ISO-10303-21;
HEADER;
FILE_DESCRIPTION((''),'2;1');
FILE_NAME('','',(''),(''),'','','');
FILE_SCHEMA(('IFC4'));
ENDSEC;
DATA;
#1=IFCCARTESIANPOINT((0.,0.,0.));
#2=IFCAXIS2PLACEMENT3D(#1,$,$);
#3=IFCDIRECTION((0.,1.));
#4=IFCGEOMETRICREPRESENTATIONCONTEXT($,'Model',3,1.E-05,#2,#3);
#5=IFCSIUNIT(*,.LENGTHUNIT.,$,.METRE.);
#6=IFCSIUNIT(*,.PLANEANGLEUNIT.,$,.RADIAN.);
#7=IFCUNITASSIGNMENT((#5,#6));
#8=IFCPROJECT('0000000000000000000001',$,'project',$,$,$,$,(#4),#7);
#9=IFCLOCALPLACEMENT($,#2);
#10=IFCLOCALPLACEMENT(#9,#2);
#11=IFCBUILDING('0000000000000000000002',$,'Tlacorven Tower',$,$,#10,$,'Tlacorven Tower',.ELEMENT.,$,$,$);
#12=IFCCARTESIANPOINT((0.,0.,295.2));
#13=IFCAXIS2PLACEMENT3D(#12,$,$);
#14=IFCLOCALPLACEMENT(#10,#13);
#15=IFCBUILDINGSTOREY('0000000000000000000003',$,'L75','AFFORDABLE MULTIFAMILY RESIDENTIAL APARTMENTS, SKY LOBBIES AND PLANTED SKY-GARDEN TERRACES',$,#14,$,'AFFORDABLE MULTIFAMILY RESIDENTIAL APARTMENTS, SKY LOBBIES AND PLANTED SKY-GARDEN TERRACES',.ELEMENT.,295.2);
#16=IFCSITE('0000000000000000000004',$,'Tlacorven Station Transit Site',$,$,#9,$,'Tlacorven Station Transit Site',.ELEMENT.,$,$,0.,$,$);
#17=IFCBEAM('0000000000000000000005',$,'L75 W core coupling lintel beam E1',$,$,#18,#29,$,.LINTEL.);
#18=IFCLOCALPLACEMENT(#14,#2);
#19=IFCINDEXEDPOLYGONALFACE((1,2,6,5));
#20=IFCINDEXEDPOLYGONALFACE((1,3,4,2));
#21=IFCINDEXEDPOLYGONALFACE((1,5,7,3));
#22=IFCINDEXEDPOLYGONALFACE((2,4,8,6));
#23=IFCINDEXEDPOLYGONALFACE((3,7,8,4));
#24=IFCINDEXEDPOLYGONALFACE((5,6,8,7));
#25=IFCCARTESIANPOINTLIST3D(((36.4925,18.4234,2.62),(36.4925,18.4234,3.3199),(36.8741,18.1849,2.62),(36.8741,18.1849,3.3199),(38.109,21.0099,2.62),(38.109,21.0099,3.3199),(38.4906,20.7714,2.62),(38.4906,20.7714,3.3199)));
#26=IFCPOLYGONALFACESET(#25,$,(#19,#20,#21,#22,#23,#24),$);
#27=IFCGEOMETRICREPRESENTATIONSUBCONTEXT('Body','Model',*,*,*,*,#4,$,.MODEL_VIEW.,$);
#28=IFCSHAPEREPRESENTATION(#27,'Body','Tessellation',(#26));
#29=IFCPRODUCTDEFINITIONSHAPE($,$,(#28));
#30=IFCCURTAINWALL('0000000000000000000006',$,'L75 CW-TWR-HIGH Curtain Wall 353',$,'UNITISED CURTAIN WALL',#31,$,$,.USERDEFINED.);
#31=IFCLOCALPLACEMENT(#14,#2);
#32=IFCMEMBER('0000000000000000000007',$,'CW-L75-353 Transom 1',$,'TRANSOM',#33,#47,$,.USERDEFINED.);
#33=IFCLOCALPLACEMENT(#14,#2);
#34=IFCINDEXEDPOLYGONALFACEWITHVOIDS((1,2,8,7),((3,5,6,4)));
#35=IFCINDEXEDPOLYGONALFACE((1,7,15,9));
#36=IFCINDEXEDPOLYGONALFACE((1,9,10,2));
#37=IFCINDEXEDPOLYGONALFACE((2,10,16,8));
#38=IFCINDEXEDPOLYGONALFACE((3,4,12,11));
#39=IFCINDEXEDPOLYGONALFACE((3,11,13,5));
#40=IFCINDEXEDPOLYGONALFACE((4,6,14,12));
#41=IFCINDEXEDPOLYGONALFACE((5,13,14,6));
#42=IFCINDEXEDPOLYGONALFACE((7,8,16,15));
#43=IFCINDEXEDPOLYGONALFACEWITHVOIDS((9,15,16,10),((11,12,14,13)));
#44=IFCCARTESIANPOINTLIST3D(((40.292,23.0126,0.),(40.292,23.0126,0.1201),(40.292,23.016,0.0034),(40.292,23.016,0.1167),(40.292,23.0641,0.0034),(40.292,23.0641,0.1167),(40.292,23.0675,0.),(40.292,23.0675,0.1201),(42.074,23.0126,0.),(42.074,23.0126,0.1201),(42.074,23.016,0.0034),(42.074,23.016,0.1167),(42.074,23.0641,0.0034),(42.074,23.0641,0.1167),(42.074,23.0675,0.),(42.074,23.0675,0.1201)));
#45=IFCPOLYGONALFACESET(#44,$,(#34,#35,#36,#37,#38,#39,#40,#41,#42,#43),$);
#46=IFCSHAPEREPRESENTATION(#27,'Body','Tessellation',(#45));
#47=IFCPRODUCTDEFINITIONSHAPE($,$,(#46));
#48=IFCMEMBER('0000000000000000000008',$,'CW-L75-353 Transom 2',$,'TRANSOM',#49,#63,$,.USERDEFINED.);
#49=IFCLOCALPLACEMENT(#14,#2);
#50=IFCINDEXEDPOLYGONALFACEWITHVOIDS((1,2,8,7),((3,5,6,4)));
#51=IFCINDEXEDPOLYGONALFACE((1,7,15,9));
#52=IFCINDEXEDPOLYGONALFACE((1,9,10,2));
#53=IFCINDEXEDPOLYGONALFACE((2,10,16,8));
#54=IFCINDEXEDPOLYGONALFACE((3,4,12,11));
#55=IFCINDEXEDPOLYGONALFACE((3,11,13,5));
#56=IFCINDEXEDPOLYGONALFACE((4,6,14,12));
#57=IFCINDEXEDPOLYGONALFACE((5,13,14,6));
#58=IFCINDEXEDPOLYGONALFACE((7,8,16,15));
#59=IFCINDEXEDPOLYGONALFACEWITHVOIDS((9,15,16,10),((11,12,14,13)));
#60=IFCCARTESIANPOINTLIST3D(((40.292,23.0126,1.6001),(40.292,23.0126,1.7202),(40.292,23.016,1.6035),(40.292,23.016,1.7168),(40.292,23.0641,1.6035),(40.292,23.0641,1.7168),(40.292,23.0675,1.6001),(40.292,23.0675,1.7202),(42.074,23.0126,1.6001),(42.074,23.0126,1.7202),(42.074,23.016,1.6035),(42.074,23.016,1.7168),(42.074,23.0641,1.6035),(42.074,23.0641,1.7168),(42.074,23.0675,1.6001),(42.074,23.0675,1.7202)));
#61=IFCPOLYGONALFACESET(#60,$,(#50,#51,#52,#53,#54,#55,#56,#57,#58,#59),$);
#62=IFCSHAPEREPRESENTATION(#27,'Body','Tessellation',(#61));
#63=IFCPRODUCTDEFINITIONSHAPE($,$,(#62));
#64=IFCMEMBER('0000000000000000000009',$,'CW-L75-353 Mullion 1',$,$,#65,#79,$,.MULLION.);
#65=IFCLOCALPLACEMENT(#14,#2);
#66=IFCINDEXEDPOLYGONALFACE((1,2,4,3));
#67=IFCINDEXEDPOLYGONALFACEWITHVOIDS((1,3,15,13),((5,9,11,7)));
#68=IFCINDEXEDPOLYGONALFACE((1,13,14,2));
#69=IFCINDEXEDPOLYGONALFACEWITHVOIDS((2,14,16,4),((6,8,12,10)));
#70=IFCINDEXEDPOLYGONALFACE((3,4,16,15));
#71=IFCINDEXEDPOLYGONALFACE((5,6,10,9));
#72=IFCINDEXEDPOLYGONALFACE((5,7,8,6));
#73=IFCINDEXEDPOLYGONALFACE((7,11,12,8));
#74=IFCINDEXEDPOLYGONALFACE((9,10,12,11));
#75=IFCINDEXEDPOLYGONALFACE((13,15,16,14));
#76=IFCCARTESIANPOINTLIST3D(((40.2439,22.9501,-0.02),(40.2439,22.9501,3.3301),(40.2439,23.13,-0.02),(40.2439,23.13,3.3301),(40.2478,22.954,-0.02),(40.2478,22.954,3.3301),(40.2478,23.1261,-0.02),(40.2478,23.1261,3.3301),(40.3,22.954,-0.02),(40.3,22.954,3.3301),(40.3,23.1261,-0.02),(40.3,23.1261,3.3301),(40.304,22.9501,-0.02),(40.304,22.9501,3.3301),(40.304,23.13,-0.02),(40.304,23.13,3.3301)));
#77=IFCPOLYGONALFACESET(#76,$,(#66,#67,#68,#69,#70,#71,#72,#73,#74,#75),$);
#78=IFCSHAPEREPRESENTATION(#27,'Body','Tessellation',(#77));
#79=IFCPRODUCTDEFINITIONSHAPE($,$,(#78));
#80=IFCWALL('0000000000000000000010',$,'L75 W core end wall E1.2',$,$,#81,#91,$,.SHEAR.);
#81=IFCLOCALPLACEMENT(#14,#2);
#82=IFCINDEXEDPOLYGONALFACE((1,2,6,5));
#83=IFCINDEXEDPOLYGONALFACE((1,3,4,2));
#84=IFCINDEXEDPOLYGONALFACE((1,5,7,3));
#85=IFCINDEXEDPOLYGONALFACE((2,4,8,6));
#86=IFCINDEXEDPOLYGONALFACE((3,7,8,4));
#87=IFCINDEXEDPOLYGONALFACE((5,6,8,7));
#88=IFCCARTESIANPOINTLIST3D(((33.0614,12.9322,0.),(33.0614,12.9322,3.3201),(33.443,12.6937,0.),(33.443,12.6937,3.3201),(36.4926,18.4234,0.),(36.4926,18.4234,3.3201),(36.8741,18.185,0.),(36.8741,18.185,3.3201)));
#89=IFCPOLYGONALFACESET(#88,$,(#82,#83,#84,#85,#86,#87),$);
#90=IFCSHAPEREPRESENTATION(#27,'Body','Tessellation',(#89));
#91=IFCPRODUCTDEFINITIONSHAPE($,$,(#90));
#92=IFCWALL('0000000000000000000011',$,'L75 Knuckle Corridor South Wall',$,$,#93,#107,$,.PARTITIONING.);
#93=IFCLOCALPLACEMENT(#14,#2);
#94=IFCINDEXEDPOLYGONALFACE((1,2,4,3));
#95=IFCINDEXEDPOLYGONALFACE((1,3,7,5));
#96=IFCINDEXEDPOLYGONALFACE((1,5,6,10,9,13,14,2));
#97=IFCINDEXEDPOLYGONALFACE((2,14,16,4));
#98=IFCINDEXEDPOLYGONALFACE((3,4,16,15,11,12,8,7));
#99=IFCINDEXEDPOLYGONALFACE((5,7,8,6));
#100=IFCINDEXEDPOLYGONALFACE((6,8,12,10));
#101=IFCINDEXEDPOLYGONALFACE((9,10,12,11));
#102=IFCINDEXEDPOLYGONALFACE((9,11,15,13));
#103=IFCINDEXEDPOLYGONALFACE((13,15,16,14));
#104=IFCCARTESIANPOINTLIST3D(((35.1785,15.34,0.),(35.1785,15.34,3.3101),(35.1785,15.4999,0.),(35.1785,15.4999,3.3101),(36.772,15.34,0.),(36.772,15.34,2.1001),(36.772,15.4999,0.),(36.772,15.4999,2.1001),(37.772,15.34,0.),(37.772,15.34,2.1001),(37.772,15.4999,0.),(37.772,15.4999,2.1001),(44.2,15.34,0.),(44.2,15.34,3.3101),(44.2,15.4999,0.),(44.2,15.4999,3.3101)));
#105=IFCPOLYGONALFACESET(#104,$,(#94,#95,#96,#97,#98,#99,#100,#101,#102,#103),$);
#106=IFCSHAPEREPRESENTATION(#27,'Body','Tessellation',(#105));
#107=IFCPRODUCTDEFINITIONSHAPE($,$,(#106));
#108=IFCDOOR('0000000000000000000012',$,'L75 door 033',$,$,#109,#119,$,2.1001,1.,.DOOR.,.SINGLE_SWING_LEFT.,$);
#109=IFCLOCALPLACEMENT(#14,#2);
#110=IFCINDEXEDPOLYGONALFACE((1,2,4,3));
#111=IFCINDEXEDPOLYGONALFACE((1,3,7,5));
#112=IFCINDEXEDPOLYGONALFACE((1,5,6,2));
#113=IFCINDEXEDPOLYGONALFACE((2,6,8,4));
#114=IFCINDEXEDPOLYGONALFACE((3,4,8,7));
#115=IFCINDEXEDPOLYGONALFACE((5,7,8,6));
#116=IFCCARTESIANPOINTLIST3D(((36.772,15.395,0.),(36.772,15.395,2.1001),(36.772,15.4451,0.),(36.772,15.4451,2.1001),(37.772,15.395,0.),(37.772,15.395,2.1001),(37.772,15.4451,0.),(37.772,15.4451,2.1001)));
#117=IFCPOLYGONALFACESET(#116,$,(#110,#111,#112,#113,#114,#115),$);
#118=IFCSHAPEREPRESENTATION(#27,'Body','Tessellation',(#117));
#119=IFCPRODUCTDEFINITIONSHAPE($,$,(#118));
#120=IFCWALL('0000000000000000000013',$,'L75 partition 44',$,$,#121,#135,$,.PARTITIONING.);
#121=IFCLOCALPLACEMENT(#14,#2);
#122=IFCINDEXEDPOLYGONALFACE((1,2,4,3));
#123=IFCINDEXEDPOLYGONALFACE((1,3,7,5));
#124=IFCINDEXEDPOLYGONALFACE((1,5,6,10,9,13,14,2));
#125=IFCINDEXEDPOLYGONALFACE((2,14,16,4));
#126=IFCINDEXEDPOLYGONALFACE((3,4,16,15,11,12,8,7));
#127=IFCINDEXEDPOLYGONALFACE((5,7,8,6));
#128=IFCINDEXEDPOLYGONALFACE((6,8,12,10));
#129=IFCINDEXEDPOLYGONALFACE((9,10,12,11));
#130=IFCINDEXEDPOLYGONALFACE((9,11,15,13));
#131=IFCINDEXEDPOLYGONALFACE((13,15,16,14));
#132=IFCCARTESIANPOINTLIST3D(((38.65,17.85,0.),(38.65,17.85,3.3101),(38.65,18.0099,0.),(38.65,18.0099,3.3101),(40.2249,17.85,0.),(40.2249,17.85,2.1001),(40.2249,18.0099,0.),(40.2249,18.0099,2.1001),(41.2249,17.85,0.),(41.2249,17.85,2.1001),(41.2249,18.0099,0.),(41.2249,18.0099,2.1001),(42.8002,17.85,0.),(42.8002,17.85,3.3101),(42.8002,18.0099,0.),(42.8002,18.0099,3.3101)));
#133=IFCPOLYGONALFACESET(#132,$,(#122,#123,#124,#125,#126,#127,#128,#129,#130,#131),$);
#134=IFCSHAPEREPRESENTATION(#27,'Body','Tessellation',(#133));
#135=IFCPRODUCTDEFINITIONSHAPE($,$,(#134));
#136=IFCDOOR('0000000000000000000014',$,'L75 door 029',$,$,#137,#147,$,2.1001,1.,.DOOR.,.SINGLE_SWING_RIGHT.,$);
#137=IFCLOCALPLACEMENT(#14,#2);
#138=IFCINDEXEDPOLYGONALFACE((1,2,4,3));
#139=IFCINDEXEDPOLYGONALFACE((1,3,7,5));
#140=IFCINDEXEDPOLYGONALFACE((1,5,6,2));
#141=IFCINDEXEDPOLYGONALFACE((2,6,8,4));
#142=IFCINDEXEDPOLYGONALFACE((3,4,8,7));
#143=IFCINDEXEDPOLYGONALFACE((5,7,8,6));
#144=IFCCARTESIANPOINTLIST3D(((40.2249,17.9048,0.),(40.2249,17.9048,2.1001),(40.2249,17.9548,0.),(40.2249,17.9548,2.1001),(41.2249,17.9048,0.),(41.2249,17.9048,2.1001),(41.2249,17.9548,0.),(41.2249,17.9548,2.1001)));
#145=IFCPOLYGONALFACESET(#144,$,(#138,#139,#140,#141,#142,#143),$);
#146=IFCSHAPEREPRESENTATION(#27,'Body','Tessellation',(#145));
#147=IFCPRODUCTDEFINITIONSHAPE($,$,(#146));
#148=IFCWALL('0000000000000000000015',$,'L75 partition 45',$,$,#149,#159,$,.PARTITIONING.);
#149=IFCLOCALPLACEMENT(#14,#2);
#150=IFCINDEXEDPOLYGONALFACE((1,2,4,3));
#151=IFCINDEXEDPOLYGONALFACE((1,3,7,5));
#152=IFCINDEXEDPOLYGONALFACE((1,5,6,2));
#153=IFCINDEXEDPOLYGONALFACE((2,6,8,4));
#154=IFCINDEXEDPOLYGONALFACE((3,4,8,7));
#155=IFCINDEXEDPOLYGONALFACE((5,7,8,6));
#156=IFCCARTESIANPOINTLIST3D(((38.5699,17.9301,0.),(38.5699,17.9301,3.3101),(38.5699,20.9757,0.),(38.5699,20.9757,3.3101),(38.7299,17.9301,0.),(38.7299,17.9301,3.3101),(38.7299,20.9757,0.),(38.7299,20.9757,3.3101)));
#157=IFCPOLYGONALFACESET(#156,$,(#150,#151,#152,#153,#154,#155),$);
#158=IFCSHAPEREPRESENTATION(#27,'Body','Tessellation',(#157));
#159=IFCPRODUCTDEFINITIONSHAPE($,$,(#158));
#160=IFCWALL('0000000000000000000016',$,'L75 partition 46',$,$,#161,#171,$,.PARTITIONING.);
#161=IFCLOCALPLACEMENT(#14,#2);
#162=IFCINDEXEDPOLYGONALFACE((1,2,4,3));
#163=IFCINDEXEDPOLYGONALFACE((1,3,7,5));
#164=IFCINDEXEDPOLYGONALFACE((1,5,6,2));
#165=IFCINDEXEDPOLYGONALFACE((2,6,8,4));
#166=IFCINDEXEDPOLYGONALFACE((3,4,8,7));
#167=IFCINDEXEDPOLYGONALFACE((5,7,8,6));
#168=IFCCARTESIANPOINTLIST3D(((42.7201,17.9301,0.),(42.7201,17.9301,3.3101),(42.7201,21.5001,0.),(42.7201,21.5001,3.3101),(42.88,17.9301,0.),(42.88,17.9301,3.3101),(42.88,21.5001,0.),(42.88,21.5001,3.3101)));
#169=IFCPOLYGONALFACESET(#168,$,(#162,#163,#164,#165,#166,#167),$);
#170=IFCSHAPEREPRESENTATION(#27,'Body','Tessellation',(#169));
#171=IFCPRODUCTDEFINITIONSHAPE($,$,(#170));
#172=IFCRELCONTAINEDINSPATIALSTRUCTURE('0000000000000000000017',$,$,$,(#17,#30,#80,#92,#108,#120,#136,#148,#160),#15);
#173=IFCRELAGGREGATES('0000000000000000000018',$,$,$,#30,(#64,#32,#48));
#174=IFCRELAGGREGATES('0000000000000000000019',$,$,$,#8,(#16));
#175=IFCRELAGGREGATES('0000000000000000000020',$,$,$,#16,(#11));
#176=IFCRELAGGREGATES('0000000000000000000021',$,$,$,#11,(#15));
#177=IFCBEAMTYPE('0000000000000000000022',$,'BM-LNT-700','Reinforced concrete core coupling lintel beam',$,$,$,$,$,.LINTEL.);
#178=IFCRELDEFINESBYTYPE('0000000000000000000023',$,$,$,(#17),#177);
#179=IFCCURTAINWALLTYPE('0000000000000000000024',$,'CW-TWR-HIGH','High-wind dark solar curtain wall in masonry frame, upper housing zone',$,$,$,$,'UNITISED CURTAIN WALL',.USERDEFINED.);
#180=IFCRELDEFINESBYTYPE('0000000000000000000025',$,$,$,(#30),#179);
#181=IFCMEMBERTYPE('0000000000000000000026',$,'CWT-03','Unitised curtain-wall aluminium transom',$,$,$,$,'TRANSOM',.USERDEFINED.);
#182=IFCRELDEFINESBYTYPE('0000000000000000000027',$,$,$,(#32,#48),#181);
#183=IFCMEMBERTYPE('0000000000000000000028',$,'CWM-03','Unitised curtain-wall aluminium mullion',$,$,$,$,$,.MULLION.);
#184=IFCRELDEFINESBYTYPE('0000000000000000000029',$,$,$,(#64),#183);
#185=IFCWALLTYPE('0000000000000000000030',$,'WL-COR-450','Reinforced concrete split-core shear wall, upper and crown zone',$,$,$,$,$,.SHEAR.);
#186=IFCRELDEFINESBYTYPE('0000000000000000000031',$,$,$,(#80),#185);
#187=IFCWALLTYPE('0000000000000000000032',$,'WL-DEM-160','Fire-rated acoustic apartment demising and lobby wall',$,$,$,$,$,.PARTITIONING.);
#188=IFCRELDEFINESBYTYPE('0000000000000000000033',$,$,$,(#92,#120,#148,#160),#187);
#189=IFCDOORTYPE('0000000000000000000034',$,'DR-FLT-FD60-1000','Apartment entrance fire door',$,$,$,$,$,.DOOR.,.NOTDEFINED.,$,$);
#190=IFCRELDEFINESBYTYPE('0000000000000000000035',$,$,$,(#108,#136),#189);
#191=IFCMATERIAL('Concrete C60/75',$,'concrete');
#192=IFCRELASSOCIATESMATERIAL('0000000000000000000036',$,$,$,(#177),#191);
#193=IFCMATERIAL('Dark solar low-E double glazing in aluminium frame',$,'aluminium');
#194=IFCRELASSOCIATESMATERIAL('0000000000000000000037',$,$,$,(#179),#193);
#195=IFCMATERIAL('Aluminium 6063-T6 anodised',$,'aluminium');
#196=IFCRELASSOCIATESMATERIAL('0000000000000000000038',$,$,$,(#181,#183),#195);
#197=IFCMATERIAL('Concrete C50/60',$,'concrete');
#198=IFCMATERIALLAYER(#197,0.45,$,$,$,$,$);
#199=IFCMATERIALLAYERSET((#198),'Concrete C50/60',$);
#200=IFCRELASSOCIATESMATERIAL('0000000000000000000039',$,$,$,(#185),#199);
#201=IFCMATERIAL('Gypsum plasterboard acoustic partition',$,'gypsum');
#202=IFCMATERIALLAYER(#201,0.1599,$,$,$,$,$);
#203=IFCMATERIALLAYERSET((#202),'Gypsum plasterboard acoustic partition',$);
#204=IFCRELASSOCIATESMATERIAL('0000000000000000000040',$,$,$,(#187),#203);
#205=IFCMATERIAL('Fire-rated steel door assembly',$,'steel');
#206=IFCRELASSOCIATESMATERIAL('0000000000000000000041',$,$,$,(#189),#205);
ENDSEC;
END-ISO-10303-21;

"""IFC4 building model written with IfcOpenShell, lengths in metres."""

from ifc_helpers import new_model, si_unit, direction, frame, frame_2d, origin, origin_2d, place, context, subcontext, project, spatial, rectangle, hollow_rectangle, extrude, source, transform, mapped, material, layer, layer_set, material_profile, profile_set, type_object, element, fill, aggregate, save


model = new_model("IFC4")

# Units and contexts
model_context = context("Model", 3, precision=1e-05, world=origin(), true_north=direction((0.0, 1.0)))
body_context = subcontext(model_context, "Body", "Model", "MODEL_VIEW")
ifc_project = project(units=[si_unit("LENGTHUNIT", "METRE"), si_unit("PLANEANGLEUNIT", "RADIAN")], contexts=[model_context])

# Site, building, storey
site_placement = place(None, origin())
site = spatial("IfcSite", under=ifc_project, at=site_placement, Name="Tlacorven Station Transit Site", LongName="Tlacorven Station Transit Site", CompositionType="ELEMENT", RefElevation=0.0)
building_placement = place(site_placement, origin())
building = spatial("IfcBuilding", under=site, at=building_placement, Name="Tlacorven Tower", LongName="Tlacorven Tower", CompositionType="ELEMENT")
storey_placement = place(building_placement, frame((0.0, 0.0, 295.2)))
storey = spatial("IfcBuildingStorey", under=building, at=storey_placement, Name="L75", Description="AFFORDABLE MULTIFAMILY RESIDENTIAL APARTMENTS, SKY LOBBIES AND PLANTED SKY-GARDEN TERRACES", LongName="AFFORDABLE MULTIFAMILY RESIDENTIAL APARTMENTS, SKY LOBBIES AND PLANTED SKY-GARDEN TERRACES", CompositionType="ELEMENT", Elevation=295.2)

# Beam
ifc_material_1 = material(Name="Concrete C60/75", Category="concrete")
ifc_material_profile_1 = material_profile(ifc_material_1, rectangle(XDim=0.45, YDim=0.7, at=origin_2d()), Name="RC 450X700")
ifc_profile_set_1 = profile_set([ifc_material_profile_1], Name="Concrete C60/75")
beam_type = type_object("IfcBeamType", Name="BM-LNT-700", Description="Reinforced concrete core coupling lintel beam", PredefinedType="LINTEL", material=ifc_profile_set_1)
shared_shape_1 = source(origin(), body_context, "Body", "SweptSolid", [
    extrude(rectangle(XDim=0.45, YDim=0.7, at=origin_2d()), origin(), (0.0, 0.0, 1.0), 3.05),
])
beam_placement = place(storey_placement, frame((38.2998, 20.8906, 2.97), z_axis=(-0.529985, -0.848007, 0.0), x_axis=(0.848007, -0.529985, 0.0)))
element("IfcBeam", 1, at=beam_placement, inside=storey, type_object=beam_type, Name="L75 W core coupling lintel beam E1", PredefinedType="LINTEL", context=body_context, shape_type="MappedRepresentation", body=[
    mapped(shared_shape_1, transform((0.0, 0.0, 0.0), scale=1.0)),
])

# Curtain wall, members
ifc_material_2 = material(Name="Dark solar low-E double glazing in aluminium frame", Category="aluminium")
curtain_wall_type = type_object("IfcCurtainWallType", Name="CW-TWR-HIGH", Description="High-wind dark solar curtain wall in masonry frame, upper housing zone", ElementType="UNITISED CURTAIN WALL", PredefinedType="USERDEFINED", material=ifc_material_2)
curtain_wall_placement = place(storey_placement, origin())
curtain_wall = element("IfcCurtainWall", 2, at=curtain_wall_placement, inside=storey, type_object=curtain_wall_type, Name="L75 CW-TWR-HIGH Curtain Wall 353", ObjectType="UNITISED CURTAIN WALL", PredefinedType="USERDEFINED")
ifc_material_3 = material(Name="Aluminium 6063-T6 anodised", Category="aluminium")
ifc_material_profile_2 = material_profile(ifc_material_3, hollow_rectangle(XDim=0.0549, YDim=0.1201, WallThickness=0.0034, at=origin_2d()), Name="ALU TRANSOM 55X120")
ifc_profile_set_2 = profile_set([ifc_material_profile_2], Name="Aluminium 6063-T6 anodised")
member_type_1 = type_object("IfcMemberType", Name="CWT-03", Description="Unitised curtain-wall aluminium transom", ElementType="TRANSOM", PredefinedType="USERDEFINED", material=ifc_profile_set_2)
shared_shape_2 = source(origin(), body_context, "Body", "SweptSolid", [
    extrude(hollow_rectangle(XDim=0.0549, YDim=0.1201, WallThickness=0.0034, at=origin_2d()), origin(), (0.0, 0.0, 1.0), 1.782),
])
member_1_placement = place(storey_placement, frame((40.292, 23.04, 0.0601), z_axis=(1.0, 0.0, 0.0), x_axis=(0.0, 1.0, 0.0)))
member_1 = element("IfcMember", 3, at=member_1_placement, type_object=member_type_1, Name="CW-L75-353 Transom 1", ObjectType="TRANSOM", PredefinedType="USERDEFINED", context=body_context, shape_type="MappedRepresentation", body=[
    mapped(shared_shape_2, transform((0.0, 0.0, 0.0), scale=1.0)),
])
member_2_placement = place(storey_placement, frame((40.292, 23.04, 1.6602), z_axis=(1.0, 0.0, 0.0), x_axis=(0.0, 1.0, 0.0)))
member_2 = element("IfcMember", 4, at=member_2_placement, type_object=member_type_1, Name="CW-L75-353 Transom 2", ObjectType="TRANSOM", PredefinedType="USERDEFINED", context=body_context, shape_type="MappedRepresentation", body=[
    mapped(shared_shape_2, transform((0.0, 0.0, 0.0), scale=1.0)),
])
ifc_material_profile_3 = material_profile(ifc_material_3, hollow_rectangle(XDim=0.0601, YDim=0.1799, WallThickness=0.0039, at=origin_2d()), Name="ALU MULLION 60X180")
ifc_profile_set_3 = profile_set([ifc_material_profile_3], Name="Aluminium 6063-T6 anodised")
member_type_2 = type_object("IfcMemberType", Name="CWM-03", Description="Unitised curtain-wall aluminium mullion", PredefinedType="MULLION", material=ifc_profile_set_3)
shared_shape_3 = source(origin(), body_context, "Body", "SweptSolid", [
    extrude(hollow_rectangle(XDim=0.0601, YDim=0.1799, WallThickness=0.0039, at=origin_2d()), origin(), (0.0, 0.0, 1.0), 3.3501),
])
member_3_placement = place(storey_placement, frame((40.2739, 23.04, -0.02), z_axis=(0.0, 0.0, 1.0), x_axis=(1.0, 0.0, 0.0)))
member_3 = element("IfcMember", 5, at=member_3_placement, type_object=member_type_2, Name="CW-L75-353 Mullion 1", PredefinedType="MULLION", context=body_context, shape_type="MappedRepresentation", body=[
    mapped(shared_shape_3, transform((0.0, 0.0, 0.0), scale=1.0)),
])
aggregate(curtain_wall, [member_3, member_1, member_2])

# Wall
ifc_material_4 = material(Name="Concrete C50/60", Category="concrete")
ifc_layer_1 = layer(ifc_material_4, 0.45)
ifc_layer_set_1 = layer_set([ifc_layer_1], Name="Concrete C50/60")
wall_type_1 = type_object("IfcWallType", Name="WL-COR-450", Description="Reinforced concrete split-core shear wall, upper and crown zone", PredefinedType="SHEAR", material=ifc_layer_set_1)
wall_1_placement = place(storey_placement, frame((36.6833, 18.3042, 0.0), z_axis=(0.0, 0.0, 1.0), x_axis=(-0.529904, -0.848058, 0.0)))
element("IfcWall", 6, at=wall_1_placement, inside=storey, type_object=wall_type_1, Name="L75 W core end wall E1.2", PredefinedType="SHEAR", context=body_context, shape_type="SweptSolid", body=[
    extrude(rectangle(XDim=6.4751, YDim=0.45, at=frame_2d((3.2375, 0.0))), origin(), (0.0, 0.0, 1.0), 3.3201),
])

# Walls, openings, doors
ifc_material_5 = material(Name="Gypsum plasterboard acoustic partition", Category="gypsum")
ifc_layer_2 = layer(ifc_material_5, 0.1599)
ifc_layer_set_2 = layer_set([ifc_layer_2], Name="Gypsum plasterboard acoustic partition")
wall_type_2 = type_object("IfcWallType", Name="WL-DEM-160", Description="Fire-rated acoustic apartment demising and lobby wall", PredefinedType="PARTITIONING", material=ifc_layer_set_2)
wall_2_placement = place(storey_placement, frame((35.1785, 15.4199, 0.0), z_axis=(0.0, 0.0, 1.0), x_axis=(1.0, 0.0, 0.0)))
wall_2 = element("IfcWall", 7, at=wall_2_placement, inside=storey, type_object=wall_type_2, Name="L75 Knuckle Corridor South Wall", PredefinedType="PARTITIONING", context=body_context, shape_type="SweptSolid", body=[
    extrude(rectangle(XDim=9.0215, YDim=0.1599, at=frame_2d((4.5107, 0.0))), origin(), (0.0, 0.0, 1.0), 3.3101),
])
opening_1_placement = place(wall_2_placement, frame((1.5935, 0.0, 0.0)))
opening_1 = element("IfcOpeningElement", 8, at=opening_1_placement, cuts=wall_2, PredefinedType="OPENING", context=body_context, shape_type="SweptSolid", body=[
    extrude(rectangle(XDim=1.0, YDim=2.1001, at=frame_2d((0.5, 1.05))), frame((0.0, 0.0898, 0.0), z_axis=(0.0, -1.0, 0.0), x_axis=(1.0, 0.0, 0.0)), (0.0, 0.0, 1.0), 0.1799),
])
ifc_material_6 = material(Name="Fire-rated steel door assembly", Category="steel")
door_type_1 = type_object("IfcDoorType", Name="DR-FLT-FD60-1000", Description="Apartment entrance fire door", OperationType="NOTDEFINED", PredefinedType="DOOR", material=ifc_material_6)
shared_shape_4 = source(origin(), body_context, "Body", "SweptSolid", [
    extrude(rectangle(XDim=1.0, YDim=2.1001, at=frame_2d((0.5, 1.05))), frame((0.0, 0.0249, 0.0), z_axis=(0.0, -1.0, 0.0), x_axis=(1.0, 0.0, 0.0)), (0.0, 0.0, 1.0), 0.05),
])
door_1_placement = place(opening_1_placement, frame((1.0, 0.0, 0.0), z_axis=(0.0, 0.0, 1.0), x_axis=(-1.0, 0.0, 0.0)))
door_1 = element("IfcDoor", 9, at=door_1_placement, inside=storey, type_object=door_type_1, Name="L75 door 033", OperationType="SINGLE_SWING_LEFT", OverallHeight=2.1001, OverallWidth=1.0, PredefinedType="DOOR", context=body_context, shape_type="MappedRepresentation", body=[
    mapped(shared_shape_4, transform((0.0, 0.0, 0.0), scale=1.0)),
])
fill(opening_1, door_1)
wall_3_placement = place(storey_placement, frame((38.6499, 17.9299, 0.0), z_axis=(0.0, 0.0, 1.0), x_axis=(1.0, 0.0, 0.0)))
wall_3 = element("IfcWall", 10, at=wall_3_placement, inside=storey, type_object=wall_type_2, Name="L75 partition 44", PredefinedType="PARTITIONING", context=body_context, shape_type="SweptSolid", body=[
    extrude(rectangle(XDim=4.1501, YDim=0.1599, at=frame_2d((2.0752, 0.0))), origin(), (0.0, 0.0, 1.0), 3.3101),
])
opening_2_placement = place(wall_3_placement, frame((1.575, 0.0, 0.0)))
opening_2 = element("IfcOpeningElement", 11, at=opening_2_placement, cuts=wall_3, PredefinedType="OPENING", context=body_context, shape_type="SweptSolid", body=[
    extrude(rectangle(XDim=1.0, YDim=2.1001, at=frame_2d((0.5, 1.05))), frame((0.0, 0.0898, 0.0), z_axis=(0.0, -1.0, 0.0), x_axis=(1.0, 0.0, 0.0)), (0.0, 0.0, 1.0), 0.1799),
])
door_2_placement = place(opening_2_placement, origin())
door_2 = element("IfcDoor", 12, at=door_2_placement, inside=storey, type_object=door_type_1, Name="L75 door 029", OperationType="SINGLE_SWING_RIGHT", OverallHeight=2.1001, OverallWidth=1.0, PredefinedType="DOOR", context=body_context, shape_type="MappedRepresentation", body=[
    mapped(shared_shape_4, transform((0.0, 0.0, 0.0), scale=1.0)),
])
fill(opening_2, door_2)

# Walls
wall_4_placement = place(storey_placement, frame((38.6499, 17.9299, 0.0), z_axis=(0.0, 0.0, 1.0), x_axis=(0.0, 1.0, 0.0)))
element("IfcWall", 13, at=wall_4_placement, inside=storey, type_object=wall_type_2, Name="L75 partition 45", PredefinedType="PARTITIONING", context=body_context, shape_type="SweptSolid", body=[
    extrude(rectangle(XDim=3.0457, YDim=0.1599, at=frame_2d((1.5229, 0.0))), origin(), (0.0, 0.0, 1.0), 3.3101),
])
wall_5_placement = place(storey_placement, frame((42.8, 17.9299, 0.0), z_axis=(0.0, 0.0, 1.0), x_axis=(0.0, 1.0, 0.0)))
element("IfcWall", 14, at=wall_5_placement, inside=storey, type_object=wall_type_2, Name="L75 partition 46", PredefinedType="PARTITIONING", context=body_context, shape_type="SweptSolid", body=[
    extrude(rectangle(XDim=3.5701, YDim=0.1599, at=frame_2d((1.7852, 0.0))), origin(), (0.0, 0.0, 1.0), 3.3101),
])

save(model, "model.ifc")
